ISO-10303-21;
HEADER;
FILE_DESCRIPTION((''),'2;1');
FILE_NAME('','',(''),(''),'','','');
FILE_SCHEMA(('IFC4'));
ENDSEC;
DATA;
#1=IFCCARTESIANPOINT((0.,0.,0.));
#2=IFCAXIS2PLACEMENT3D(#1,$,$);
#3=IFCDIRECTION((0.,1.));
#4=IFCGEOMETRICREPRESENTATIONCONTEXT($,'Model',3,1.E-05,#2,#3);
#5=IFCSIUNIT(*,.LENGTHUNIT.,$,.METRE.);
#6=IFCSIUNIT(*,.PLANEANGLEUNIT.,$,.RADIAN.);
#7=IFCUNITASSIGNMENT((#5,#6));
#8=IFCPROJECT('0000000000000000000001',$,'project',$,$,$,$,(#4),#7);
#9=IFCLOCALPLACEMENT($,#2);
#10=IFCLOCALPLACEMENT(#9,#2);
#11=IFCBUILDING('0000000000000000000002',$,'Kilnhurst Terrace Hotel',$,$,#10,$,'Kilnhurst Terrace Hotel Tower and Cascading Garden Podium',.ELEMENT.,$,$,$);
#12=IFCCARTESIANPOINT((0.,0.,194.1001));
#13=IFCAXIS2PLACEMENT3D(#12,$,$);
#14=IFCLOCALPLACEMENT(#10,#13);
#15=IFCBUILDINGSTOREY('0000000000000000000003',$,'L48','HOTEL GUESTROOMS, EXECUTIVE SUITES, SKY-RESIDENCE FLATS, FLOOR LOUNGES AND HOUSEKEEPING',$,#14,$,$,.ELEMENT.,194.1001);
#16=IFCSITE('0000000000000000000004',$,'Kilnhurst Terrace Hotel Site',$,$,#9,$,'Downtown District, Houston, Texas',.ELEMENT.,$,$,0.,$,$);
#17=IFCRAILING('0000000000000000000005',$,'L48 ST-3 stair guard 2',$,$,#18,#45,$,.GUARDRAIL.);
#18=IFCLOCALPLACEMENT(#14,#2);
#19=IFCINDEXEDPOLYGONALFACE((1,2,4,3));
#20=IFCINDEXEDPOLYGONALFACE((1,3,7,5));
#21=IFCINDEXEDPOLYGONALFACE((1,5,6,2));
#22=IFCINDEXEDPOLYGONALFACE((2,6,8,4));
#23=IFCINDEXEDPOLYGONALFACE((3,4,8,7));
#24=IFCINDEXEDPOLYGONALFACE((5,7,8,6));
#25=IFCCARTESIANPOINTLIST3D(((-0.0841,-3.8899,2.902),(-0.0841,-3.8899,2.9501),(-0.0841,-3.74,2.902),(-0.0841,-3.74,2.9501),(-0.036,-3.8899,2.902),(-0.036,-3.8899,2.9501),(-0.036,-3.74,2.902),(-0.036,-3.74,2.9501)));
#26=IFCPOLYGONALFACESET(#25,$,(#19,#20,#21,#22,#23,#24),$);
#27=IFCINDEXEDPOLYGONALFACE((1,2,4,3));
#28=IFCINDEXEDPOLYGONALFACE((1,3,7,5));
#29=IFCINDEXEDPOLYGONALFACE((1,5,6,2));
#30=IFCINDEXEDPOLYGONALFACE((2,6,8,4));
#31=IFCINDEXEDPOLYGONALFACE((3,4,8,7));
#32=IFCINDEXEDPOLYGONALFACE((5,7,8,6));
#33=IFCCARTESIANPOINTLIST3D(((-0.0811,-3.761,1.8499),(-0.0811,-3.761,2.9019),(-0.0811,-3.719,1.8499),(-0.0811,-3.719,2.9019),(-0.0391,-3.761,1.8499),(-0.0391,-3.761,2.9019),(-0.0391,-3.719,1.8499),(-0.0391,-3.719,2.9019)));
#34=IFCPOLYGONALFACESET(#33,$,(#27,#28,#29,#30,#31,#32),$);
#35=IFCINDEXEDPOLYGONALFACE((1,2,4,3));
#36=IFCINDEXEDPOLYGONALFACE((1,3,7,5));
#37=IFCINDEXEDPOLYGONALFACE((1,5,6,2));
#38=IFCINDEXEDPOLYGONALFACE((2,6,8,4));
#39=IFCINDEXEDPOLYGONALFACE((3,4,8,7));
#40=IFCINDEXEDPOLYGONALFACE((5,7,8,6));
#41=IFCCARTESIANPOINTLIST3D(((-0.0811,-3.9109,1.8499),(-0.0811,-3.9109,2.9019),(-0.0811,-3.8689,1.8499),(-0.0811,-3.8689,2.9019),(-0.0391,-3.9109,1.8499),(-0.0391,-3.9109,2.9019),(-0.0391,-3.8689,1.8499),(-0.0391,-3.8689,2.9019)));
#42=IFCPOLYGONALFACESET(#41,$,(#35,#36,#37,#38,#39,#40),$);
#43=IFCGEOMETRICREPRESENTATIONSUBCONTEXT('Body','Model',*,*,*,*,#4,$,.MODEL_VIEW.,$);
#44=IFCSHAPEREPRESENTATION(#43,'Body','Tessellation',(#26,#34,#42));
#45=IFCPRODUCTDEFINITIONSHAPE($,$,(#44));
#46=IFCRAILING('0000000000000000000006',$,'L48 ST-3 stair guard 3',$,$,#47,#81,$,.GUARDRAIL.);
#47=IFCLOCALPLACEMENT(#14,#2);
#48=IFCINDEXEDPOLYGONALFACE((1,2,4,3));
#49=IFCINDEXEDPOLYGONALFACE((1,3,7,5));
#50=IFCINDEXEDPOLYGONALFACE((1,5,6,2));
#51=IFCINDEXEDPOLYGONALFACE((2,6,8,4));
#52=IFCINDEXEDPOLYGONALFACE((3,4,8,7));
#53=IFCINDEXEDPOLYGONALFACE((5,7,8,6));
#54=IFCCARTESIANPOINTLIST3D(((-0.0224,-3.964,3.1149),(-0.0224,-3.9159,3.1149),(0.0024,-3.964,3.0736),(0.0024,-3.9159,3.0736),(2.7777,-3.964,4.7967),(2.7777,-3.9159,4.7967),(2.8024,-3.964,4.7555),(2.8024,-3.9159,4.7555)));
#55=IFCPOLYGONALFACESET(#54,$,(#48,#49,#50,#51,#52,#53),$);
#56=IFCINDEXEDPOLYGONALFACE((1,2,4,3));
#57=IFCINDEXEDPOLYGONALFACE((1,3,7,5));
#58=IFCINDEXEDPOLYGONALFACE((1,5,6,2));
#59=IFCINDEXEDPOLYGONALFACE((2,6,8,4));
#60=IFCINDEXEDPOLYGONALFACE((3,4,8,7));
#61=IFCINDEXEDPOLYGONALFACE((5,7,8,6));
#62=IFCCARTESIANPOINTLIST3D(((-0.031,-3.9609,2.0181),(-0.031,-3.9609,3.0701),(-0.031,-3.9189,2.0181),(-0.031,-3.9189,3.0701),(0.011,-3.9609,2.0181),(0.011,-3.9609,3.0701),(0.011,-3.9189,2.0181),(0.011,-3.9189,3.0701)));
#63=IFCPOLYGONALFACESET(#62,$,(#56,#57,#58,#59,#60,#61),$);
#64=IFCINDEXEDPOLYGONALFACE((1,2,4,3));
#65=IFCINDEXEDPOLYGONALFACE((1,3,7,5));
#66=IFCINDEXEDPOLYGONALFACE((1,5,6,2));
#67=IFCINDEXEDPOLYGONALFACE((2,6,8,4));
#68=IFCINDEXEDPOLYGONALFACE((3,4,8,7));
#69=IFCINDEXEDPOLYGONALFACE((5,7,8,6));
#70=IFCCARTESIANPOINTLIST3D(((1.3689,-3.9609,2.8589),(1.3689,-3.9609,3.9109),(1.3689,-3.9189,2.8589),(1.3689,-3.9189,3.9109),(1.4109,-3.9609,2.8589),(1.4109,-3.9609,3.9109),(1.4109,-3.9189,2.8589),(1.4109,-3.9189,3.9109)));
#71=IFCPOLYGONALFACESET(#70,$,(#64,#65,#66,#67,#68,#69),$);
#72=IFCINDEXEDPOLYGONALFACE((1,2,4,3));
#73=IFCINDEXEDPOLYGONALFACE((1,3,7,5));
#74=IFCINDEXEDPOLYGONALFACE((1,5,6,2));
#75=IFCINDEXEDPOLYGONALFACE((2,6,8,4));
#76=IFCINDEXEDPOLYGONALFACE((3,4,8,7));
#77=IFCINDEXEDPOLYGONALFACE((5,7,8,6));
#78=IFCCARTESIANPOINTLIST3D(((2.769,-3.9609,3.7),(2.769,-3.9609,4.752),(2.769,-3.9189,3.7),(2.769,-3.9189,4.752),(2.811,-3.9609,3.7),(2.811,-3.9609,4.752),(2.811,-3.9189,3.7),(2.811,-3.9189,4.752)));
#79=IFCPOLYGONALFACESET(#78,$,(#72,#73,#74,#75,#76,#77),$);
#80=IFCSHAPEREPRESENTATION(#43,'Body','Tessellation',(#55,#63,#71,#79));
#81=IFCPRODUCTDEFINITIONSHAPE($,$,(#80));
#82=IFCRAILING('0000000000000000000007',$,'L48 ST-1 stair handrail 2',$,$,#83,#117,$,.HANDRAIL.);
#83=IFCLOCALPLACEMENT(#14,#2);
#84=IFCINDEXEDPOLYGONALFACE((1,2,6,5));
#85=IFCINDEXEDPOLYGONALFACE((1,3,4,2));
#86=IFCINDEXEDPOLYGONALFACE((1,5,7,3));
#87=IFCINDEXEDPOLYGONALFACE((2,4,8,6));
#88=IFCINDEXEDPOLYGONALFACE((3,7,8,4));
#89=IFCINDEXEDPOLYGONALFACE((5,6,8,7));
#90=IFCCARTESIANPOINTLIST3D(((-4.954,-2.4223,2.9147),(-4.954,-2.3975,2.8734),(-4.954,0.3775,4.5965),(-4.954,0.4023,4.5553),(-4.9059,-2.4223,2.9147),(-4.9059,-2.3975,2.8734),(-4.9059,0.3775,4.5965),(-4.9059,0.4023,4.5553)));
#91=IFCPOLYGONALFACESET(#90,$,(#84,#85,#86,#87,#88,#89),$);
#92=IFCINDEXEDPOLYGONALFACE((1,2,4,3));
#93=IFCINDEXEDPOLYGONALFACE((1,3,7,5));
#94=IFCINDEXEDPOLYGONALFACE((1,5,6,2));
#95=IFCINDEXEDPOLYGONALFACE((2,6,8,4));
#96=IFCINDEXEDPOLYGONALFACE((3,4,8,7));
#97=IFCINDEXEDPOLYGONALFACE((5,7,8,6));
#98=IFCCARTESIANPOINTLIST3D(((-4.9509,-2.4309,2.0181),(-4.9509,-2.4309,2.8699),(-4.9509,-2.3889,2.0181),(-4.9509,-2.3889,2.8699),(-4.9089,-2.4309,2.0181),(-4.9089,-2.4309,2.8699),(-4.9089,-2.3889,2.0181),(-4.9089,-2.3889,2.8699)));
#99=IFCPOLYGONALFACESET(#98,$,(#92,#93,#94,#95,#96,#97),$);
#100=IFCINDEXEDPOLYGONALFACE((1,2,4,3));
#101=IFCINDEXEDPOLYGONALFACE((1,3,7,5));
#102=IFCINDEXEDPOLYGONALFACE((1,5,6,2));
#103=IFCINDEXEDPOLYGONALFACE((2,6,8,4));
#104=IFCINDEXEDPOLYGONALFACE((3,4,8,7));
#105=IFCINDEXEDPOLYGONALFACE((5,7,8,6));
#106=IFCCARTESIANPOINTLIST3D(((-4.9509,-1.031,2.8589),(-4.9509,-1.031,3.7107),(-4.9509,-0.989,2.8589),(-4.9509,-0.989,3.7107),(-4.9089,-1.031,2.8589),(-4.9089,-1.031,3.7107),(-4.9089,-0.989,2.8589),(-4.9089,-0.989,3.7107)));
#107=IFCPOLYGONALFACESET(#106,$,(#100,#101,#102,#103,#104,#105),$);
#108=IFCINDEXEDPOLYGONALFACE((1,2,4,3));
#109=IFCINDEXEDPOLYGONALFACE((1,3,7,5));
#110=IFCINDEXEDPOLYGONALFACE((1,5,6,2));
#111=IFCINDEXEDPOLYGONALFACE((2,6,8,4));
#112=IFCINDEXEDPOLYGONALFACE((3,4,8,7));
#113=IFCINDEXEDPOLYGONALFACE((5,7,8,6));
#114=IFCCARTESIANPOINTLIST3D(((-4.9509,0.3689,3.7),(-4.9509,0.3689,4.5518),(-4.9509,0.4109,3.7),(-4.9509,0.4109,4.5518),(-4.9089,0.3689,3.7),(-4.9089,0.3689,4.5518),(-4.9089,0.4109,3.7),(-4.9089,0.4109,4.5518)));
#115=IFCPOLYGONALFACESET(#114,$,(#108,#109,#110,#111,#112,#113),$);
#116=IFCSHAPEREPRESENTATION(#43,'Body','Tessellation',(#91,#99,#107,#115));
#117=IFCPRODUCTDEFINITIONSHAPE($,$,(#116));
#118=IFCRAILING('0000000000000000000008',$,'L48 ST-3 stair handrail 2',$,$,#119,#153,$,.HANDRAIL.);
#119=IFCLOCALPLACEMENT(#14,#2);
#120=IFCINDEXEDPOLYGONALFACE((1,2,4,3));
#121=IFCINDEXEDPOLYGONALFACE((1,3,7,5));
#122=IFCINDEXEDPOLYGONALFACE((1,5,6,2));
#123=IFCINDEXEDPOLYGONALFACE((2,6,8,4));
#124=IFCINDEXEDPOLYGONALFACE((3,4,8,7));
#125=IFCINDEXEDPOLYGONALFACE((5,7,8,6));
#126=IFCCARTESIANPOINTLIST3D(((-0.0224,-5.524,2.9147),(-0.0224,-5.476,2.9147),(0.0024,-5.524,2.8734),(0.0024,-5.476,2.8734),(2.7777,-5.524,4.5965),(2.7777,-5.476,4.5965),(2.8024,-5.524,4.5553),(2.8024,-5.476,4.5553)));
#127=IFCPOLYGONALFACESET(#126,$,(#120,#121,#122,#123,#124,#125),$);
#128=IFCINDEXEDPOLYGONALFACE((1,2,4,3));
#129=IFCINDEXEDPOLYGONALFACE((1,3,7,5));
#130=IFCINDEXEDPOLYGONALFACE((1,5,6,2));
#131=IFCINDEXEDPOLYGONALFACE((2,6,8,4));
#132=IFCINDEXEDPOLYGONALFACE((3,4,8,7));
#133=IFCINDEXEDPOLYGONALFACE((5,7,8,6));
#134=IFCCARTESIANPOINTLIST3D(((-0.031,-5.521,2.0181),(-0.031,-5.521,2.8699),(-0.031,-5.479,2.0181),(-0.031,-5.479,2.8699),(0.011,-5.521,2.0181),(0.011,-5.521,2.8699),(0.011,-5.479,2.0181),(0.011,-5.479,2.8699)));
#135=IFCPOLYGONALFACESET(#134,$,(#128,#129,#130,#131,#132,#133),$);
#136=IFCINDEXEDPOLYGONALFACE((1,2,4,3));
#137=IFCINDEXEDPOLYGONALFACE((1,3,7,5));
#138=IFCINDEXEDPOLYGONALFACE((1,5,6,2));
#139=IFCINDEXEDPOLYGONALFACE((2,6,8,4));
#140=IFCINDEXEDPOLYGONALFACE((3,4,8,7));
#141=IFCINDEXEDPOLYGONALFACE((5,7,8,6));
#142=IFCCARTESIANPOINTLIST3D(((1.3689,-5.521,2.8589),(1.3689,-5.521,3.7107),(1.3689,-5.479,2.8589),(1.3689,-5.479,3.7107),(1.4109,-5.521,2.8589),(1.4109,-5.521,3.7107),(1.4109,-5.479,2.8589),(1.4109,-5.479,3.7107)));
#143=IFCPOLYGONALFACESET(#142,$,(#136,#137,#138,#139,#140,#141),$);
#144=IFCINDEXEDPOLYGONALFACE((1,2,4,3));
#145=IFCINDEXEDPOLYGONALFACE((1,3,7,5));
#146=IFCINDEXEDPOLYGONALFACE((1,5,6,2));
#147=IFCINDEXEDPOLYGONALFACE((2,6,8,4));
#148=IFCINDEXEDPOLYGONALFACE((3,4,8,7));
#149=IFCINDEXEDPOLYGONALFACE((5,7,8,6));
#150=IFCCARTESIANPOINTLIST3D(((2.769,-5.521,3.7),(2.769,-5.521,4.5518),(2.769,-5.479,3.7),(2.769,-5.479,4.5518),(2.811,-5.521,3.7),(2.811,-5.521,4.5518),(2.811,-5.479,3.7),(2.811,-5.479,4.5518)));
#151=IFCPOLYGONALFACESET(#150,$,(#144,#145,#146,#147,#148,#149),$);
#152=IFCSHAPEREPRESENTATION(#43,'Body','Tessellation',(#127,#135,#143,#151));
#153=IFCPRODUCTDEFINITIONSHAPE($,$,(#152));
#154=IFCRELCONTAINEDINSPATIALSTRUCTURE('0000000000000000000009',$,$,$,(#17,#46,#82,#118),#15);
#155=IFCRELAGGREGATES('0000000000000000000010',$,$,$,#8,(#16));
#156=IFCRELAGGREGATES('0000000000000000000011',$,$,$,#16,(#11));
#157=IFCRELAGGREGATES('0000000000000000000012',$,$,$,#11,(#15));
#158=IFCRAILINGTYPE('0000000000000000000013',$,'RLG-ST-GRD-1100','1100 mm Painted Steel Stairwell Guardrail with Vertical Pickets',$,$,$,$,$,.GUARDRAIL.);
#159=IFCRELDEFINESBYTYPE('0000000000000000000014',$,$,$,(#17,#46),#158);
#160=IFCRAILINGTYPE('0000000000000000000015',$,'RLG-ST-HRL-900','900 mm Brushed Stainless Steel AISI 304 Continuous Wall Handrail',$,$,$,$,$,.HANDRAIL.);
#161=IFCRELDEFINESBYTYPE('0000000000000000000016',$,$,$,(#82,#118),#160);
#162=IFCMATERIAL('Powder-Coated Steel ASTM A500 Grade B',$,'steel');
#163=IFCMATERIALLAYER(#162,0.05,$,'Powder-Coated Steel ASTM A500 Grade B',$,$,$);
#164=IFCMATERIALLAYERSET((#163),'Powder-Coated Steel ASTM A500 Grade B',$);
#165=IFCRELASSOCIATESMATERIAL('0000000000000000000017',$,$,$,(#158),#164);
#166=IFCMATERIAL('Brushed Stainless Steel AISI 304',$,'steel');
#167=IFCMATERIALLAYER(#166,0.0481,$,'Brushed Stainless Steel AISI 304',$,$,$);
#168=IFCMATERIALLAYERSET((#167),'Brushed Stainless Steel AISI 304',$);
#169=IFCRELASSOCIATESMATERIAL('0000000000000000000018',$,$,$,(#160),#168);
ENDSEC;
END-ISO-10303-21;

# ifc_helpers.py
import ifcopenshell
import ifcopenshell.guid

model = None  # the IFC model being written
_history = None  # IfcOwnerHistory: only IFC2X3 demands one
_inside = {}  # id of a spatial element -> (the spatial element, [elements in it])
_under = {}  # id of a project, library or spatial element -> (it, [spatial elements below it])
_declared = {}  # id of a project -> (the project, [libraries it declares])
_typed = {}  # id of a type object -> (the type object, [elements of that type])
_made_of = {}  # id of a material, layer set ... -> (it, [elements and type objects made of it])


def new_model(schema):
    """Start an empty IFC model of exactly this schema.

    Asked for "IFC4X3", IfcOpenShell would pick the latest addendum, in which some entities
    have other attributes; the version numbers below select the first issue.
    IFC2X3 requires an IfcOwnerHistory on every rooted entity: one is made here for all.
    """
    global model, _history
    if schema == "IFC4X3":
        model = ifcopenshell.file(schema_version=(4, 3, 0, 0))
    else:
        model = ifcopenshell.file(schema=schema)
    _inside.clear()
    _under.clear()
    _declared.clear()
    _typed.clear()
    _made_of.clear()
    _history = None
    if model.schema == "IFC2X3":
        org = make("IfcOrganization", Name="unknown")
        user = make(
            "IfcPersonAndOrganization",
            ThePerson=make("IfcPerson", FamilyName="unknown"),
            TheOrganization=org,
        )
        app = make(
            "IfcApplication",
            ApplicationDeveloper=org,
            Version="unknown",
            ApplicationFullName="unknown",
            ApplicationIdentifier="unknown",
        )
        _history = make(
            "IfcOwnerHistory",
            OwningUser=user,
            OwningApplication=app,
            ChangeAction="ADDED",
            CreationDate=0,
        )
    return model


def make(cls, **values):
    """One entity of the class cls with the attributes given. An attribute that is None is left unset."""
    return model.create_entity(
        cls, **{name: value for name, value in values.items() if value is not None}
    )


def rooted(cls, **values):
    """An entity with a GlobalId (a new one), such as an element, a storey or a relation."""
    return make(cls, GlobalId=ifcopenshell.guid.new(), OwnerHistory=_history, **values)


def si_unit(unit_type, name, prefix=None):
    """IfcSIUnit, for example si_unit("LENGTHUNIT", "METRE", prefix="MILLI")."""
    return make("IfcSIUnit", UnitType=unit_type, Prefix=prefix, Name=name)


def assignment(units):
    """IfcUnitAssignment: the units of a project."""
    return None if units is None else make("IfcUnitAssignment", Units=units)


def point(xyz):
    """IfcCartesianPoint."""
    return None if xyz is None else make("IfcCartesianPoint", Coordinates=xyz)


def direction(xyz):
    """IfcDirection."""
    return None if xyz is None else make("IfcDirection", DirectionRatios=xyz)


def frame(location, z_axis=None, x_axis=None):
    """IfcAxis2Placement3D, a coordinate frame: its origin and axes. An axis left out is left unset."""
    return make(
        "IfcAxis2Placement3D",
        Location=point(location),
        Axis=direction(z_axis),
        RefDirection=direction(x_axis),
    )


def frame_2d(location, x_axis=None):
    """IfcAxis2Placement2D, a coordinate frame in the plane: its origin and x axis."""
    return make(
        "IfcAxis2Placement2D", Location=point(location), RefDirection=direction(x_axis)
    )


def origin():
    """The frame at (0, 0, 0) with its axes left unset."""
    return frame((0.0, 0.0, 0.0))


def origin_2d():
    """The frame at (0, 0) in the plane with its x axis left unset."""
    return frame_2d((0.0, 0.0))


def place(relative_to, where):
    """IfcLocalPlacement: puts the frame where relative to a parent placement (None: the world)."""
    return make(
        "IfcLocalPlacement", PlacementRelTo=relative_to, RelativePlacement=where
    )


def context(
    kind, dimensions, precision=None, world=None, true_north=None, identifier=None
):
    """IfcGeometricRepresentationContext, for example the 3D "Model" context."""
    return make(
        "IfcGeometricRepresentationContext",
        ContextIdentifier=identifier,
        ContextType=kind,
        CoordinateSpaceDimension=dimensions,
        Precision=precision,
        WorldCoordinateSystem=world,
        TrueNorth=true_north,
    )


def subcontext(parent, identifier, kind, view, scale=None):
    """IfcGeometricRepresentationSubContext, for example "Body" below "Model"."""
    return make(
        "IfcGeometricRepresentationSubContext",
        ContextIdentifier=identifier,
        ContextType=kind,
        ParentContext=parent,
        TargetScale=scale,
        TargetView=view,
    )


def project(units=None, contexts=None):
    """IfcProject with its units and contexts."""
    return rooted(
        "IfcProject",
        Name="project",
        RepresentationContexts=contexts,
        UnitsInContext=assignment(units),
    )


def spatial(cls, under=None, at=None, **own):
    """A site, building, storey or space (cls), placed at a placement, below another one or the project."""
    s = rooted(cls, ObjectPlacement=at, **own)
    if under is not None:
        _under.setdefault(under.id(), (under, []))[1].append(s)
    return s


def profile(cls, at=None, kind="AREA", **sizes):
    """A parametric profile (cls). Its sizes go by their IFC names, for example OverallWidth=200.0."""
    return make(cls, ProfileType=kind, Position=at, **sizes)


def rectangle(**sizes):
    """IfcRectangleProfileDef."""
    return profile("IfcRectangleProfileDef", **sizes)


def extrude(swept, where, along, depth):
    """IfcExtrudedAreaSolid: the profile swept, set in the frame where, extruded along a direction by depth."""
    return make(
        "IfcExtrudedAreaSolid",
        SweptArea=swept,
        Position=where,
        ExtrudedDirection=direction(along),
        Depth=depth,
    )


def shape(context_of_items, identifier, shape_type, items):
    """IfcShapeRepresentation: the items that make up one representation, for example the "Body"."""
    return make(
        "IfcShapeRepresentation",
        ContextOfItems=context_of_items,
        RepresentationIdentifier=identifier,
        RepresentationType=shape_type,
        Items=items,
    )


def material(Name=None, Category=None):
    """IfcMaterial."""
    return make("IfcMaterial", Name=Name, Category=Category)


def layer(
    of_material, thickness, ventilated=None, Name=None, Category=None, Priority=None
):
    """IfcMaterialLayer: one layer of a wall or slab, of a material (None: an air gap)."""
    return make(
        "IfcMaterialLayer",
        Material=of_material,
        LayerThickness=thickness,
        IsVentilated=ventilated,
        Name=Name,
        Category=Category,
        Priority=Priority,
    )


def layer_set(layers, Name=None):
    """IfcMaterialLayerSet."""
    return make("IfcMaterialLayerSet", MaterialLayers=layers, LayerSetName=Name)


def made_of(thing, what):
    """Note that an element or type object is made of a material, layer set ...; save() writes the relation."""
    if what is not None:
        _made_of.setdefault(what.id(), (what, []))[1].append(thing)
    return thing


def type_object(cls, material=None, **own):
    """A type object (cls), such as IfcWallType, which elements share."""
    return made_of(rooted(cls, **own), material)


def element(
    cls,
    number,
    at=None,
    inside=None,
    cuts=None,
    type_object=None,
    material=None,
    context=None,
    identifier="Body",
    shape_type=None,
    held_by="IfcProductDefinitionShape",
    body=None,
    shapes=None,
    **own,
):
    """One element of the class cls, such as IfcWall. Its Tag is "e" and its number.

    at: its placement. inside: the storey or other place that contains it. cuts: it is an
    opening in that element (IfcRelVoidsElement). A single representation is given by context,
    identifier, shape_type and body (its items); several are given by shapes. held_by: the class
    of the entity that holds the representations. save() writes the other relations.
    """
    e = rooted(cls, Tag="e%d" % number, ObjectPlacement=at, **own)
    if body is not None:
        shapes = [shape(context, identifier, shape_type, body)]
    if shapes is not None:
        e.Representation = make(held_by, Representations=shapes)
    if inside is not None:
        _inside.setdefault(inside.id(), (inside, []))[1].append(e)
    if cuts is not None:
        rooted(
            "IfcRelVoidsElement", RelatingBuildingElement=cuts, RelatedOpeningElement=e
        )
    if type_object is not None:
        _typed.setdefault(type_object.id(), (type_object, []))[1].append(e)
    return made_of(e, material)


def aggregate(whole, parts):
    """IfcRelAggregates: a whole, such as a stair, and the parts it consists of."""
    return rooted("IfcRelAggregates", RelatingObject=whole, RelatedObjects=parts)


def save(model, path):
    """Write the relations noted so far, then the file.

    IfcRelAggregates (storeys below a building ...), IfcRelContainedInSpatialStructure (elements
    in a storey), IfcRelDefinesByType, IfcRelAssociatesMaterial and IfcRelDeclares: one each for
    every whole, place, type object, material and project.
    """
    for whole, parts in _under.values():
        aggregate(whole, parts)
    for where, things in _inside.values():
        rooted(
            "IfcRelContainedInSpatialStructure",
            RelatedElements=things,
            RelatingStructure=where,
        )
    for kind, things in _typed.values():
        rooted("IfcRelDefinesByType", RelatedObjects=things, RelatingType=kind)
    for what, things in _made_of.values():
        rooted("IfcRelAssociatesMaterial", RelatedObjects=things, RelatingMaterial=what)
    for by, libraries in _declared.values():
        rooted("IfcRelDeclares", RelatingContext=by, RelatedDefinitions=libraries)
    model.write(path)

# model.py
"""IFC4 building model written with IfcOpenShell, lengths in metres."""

from ifc_helpers import new_model, si_unit, direction, frame, origin, origin_2d, place, context, subcontext, project, spatial, rectangle, extrude, material, layer, layer_set, type_object, element, save


model = new_model("IFC4")

# Units and contexts
model_context = context("Model", 3, precision=1e-05, world=origin(), true_north=direction((0.0, 1.0)))
body_context = subcontext(model_context, "Body", "Model", "MODEL_VIEW")
ifc_project = project(units=[si_unit("LENGTHUNIT", "METRE"), si_unit("PLANEANGLEUNIT", "RADIAN")], contexts=[model_context])

# Site, building, storey
site_placement = place(None, origin())
site = spatial("IfcSite", under=ifc_project, at=site_placement, Name="Kilnhurst Terrace Hotel Site", LongName="Downtown District, Houston, Texas", CompositionType="ELEMENT", RefElevation=0.0)
building_placement = place(site_placement, origin())
building = spatial("IfcBuilding", under=site, at=building_placement, Name="Kilnhurst Terrace Hotel", LongName="Kilnhurst Terrace Hotel Tower and Cascading Garden Podium", CompositionType="ELEMENT")
storey_placement = place(building_placement, frame((0.0, 0.0, 194.1001)))
storey = spatial("IfcBuildingStorey", under=building, at=storey_placement, Name="L48", Description="HOTEL GUESTROOMS, EXECUTIVE SUITES, SKY-RESIDENCE FLATS, FLOOR LOUNGES AND HOUSEKEEPING", CompositionType="ELEMENT", Elevation=194.1001)

# Railings
ifc_material_1 = material(Name="Powder-Coated Steel ASTM A500 Grade B", Category="steel")
ifc_layer_1 = layer(ifc_material_1, 0.05, Name="Powder-Coated Steel ASTM A500 Grade B")
ifc_layer_set_1 = layer_set([ifc_layer_1], Name="Powder-Coated Steel ASTM A500 Grade B")
railing_type_1 = type_object("IfcRailingType", Name="RLG-ST-GRD-1100", Description="1100 mm Painted Steel Stairwell Guardrail with Vertical Pickets", PredefinedType="GUARDRAIL", material=ifc_layer_set_1)
railing_1_placement = place(storey_placement, frame((-0.0601, -3.74, 1.8499)))
element("IfcRailing", 1, at=railing_1_placement, inside=storey, type_object=railing_type_1, Name="L48 ST-3 stair guard 2", PredefinedType="GUARDRAIL", context=body_context, shape_type="SweptSolid", body=[
    extrude(rectangle(XDim=0.0481, YDim=0.0481, at=origin_2d()), frame((0.0, 0.0, 1.0762), z_axis=(0.0, -1.0, 0.0), x_axis=(1.0, 0.0, 0.0)), (0.0, 0.0, 1.0), 0.1499),
    extrude(rectangle(XDim=0.042, YDim=0.042, at=origin_2d()), origin(), (0.0, 0.0, 1.0), 1.052),
    extrude(rectangle(XDim=0.042, YDim=0.042, at=origin_2d()), frame((0.0, -0.1499, 0.0)), (0.0, 0.0, 1.0), 1.052),
])
railing_2_placement = place(storey_placement, frame((-0.01, -3.9399, 2.0181)))
element("IfcRailing", 2, at=railing_2_placement, inside=storey, type_object=railing_type_1, Name="L48 ST-3 stair guard 3", PredefinedType="GUARDRAIL", context=body_context, shape_type="SweptSolid", body=[
    extrude(rectangle(XDim=0.0481, YDim=0.0481, at=origin_2d()), frame((0.0, 0.0, 1.0762), z_axis=(0.857242, 0.0, 0.514913), x_axis=(0.0, 1.0, 0.0)), (0.0, 0.0, 1.0), 3.2664),
    extrude(rectangle(XDim=0.042, YDim=0.042, at=origin_2d()), origin(), (0.0, 0.0, 1.0), 1.052),
    extrude(rectangle(XDim=0.042, YDim=0.042, at=origin_2d()), frame((1.3999, 0.0, 0.8408)), (0.0, 0.0, 1.0), 1.052),
    extrude(rectangle(XDim=0.042, YDim=0.042, at=origin_2d()), frame((2.8, 0.0, 1.6819)), (0.0, 0.0, 1.0), 1.052),
])
ifc_material_2 = material(Name="Brushed Stainless Steel AISI 304", Category="steel")
ifc_layer_2 = layer(ifc_material_2, 0.0481, Name="Brushed Stainless Steel AISI 304")
ifc_layer_set_2 = layer_set([ifc_layer_2], Name="Brushed Stainless Steel AISI 304")
railing_type_2 = type_object("IfcRailingType", Name="RLG-ST-HRL-900", Description="900 mm Brushed Stainless Steel AISI 304 Continuous Wall Handrail", PredefinedType="HANDRAIL", material=ifc_layer_set_2)
railing_3_placement = place(storey_placement, frame((-4.9299, -2.4099, 2.0181)))
element("IfcRailing", 3, at=railing_3_placement, inside=storey, type_object=railing_type_2, Name="L48 ST-1 stair handrail 2", PredefinedType="HANDRAIL", context=body_context, shape_type="SweptSolid", body=[
    extrude(rectangle(XDim=0.0481, YDim=0.0481, at=origin_2d()), frame((0.0, 0.0, 0.876), z_axis=(0.0, 0.857222, 0.514946), x_axis=(-1.0, 0.0, 0.0)), (0.0, 0.0, 1.0), 3.2661),
    extrude(rectangle(XDim=0.042, YDim=0.042, at=origin_2d()), origin(), (0.0, 0.0, 1.0), 0.8518),
    extrude(rectangle(XDim=0.042, YDim=0.042, at=origin_2d()), frame((0.0, 1.3999, 0.8408)), (0.0, 0.0, 1.0), 0.8518),
    extrude(rectangle(XDim=0.042, YDim=0.042, at=origin_2d()), frame((0.0, 2.7998, 1.6819)), (0.0, 0.0, 1.0), 0.8518),
])
railing_4_placement = place(storey_placement, frame((-0.01, -5.5, 2.0181)))
element("IfcRailing", 4, at=railing_4_placement, inside=storey, type_object=railing_type_2, Name="L48 ST-3 stair handrail 2", PredefinedType="HANDRAIL", context=body_context, shape_type="SweptSolid", body=[
    extrude(rectangle(XDim=0.0481, YDim=0.0481, at=origin_2d()), frame((0.0, 0.0, 0.876), z_axis=(0.857242, 0.0, 0.514913), x_axis=(0.0, 1.0, 0.0)), (0.0, 0.0, 1.0), 3.2664),
    extrude(rectangle(XDim=0.042, YDim=0.042, at=origin_2d()), origin(), (0.0, 0.0, 1.0), 0.8518),
    extrude(rectangle(XDim=0.042, YDim=0.042, at=origin_2d()), frame((1.3999, 0.0, 0.8408)), (0.0, 0.0, 1.0), 0.8518),
    extrude(rectangle(XDim=0.042, YDim=0.042, at=origin_2d()), frame((2.8, 0.0, 1.6819)), (0.0, 0.0, 1.0), 0.8518),
])

save(model, "model.ifc")
